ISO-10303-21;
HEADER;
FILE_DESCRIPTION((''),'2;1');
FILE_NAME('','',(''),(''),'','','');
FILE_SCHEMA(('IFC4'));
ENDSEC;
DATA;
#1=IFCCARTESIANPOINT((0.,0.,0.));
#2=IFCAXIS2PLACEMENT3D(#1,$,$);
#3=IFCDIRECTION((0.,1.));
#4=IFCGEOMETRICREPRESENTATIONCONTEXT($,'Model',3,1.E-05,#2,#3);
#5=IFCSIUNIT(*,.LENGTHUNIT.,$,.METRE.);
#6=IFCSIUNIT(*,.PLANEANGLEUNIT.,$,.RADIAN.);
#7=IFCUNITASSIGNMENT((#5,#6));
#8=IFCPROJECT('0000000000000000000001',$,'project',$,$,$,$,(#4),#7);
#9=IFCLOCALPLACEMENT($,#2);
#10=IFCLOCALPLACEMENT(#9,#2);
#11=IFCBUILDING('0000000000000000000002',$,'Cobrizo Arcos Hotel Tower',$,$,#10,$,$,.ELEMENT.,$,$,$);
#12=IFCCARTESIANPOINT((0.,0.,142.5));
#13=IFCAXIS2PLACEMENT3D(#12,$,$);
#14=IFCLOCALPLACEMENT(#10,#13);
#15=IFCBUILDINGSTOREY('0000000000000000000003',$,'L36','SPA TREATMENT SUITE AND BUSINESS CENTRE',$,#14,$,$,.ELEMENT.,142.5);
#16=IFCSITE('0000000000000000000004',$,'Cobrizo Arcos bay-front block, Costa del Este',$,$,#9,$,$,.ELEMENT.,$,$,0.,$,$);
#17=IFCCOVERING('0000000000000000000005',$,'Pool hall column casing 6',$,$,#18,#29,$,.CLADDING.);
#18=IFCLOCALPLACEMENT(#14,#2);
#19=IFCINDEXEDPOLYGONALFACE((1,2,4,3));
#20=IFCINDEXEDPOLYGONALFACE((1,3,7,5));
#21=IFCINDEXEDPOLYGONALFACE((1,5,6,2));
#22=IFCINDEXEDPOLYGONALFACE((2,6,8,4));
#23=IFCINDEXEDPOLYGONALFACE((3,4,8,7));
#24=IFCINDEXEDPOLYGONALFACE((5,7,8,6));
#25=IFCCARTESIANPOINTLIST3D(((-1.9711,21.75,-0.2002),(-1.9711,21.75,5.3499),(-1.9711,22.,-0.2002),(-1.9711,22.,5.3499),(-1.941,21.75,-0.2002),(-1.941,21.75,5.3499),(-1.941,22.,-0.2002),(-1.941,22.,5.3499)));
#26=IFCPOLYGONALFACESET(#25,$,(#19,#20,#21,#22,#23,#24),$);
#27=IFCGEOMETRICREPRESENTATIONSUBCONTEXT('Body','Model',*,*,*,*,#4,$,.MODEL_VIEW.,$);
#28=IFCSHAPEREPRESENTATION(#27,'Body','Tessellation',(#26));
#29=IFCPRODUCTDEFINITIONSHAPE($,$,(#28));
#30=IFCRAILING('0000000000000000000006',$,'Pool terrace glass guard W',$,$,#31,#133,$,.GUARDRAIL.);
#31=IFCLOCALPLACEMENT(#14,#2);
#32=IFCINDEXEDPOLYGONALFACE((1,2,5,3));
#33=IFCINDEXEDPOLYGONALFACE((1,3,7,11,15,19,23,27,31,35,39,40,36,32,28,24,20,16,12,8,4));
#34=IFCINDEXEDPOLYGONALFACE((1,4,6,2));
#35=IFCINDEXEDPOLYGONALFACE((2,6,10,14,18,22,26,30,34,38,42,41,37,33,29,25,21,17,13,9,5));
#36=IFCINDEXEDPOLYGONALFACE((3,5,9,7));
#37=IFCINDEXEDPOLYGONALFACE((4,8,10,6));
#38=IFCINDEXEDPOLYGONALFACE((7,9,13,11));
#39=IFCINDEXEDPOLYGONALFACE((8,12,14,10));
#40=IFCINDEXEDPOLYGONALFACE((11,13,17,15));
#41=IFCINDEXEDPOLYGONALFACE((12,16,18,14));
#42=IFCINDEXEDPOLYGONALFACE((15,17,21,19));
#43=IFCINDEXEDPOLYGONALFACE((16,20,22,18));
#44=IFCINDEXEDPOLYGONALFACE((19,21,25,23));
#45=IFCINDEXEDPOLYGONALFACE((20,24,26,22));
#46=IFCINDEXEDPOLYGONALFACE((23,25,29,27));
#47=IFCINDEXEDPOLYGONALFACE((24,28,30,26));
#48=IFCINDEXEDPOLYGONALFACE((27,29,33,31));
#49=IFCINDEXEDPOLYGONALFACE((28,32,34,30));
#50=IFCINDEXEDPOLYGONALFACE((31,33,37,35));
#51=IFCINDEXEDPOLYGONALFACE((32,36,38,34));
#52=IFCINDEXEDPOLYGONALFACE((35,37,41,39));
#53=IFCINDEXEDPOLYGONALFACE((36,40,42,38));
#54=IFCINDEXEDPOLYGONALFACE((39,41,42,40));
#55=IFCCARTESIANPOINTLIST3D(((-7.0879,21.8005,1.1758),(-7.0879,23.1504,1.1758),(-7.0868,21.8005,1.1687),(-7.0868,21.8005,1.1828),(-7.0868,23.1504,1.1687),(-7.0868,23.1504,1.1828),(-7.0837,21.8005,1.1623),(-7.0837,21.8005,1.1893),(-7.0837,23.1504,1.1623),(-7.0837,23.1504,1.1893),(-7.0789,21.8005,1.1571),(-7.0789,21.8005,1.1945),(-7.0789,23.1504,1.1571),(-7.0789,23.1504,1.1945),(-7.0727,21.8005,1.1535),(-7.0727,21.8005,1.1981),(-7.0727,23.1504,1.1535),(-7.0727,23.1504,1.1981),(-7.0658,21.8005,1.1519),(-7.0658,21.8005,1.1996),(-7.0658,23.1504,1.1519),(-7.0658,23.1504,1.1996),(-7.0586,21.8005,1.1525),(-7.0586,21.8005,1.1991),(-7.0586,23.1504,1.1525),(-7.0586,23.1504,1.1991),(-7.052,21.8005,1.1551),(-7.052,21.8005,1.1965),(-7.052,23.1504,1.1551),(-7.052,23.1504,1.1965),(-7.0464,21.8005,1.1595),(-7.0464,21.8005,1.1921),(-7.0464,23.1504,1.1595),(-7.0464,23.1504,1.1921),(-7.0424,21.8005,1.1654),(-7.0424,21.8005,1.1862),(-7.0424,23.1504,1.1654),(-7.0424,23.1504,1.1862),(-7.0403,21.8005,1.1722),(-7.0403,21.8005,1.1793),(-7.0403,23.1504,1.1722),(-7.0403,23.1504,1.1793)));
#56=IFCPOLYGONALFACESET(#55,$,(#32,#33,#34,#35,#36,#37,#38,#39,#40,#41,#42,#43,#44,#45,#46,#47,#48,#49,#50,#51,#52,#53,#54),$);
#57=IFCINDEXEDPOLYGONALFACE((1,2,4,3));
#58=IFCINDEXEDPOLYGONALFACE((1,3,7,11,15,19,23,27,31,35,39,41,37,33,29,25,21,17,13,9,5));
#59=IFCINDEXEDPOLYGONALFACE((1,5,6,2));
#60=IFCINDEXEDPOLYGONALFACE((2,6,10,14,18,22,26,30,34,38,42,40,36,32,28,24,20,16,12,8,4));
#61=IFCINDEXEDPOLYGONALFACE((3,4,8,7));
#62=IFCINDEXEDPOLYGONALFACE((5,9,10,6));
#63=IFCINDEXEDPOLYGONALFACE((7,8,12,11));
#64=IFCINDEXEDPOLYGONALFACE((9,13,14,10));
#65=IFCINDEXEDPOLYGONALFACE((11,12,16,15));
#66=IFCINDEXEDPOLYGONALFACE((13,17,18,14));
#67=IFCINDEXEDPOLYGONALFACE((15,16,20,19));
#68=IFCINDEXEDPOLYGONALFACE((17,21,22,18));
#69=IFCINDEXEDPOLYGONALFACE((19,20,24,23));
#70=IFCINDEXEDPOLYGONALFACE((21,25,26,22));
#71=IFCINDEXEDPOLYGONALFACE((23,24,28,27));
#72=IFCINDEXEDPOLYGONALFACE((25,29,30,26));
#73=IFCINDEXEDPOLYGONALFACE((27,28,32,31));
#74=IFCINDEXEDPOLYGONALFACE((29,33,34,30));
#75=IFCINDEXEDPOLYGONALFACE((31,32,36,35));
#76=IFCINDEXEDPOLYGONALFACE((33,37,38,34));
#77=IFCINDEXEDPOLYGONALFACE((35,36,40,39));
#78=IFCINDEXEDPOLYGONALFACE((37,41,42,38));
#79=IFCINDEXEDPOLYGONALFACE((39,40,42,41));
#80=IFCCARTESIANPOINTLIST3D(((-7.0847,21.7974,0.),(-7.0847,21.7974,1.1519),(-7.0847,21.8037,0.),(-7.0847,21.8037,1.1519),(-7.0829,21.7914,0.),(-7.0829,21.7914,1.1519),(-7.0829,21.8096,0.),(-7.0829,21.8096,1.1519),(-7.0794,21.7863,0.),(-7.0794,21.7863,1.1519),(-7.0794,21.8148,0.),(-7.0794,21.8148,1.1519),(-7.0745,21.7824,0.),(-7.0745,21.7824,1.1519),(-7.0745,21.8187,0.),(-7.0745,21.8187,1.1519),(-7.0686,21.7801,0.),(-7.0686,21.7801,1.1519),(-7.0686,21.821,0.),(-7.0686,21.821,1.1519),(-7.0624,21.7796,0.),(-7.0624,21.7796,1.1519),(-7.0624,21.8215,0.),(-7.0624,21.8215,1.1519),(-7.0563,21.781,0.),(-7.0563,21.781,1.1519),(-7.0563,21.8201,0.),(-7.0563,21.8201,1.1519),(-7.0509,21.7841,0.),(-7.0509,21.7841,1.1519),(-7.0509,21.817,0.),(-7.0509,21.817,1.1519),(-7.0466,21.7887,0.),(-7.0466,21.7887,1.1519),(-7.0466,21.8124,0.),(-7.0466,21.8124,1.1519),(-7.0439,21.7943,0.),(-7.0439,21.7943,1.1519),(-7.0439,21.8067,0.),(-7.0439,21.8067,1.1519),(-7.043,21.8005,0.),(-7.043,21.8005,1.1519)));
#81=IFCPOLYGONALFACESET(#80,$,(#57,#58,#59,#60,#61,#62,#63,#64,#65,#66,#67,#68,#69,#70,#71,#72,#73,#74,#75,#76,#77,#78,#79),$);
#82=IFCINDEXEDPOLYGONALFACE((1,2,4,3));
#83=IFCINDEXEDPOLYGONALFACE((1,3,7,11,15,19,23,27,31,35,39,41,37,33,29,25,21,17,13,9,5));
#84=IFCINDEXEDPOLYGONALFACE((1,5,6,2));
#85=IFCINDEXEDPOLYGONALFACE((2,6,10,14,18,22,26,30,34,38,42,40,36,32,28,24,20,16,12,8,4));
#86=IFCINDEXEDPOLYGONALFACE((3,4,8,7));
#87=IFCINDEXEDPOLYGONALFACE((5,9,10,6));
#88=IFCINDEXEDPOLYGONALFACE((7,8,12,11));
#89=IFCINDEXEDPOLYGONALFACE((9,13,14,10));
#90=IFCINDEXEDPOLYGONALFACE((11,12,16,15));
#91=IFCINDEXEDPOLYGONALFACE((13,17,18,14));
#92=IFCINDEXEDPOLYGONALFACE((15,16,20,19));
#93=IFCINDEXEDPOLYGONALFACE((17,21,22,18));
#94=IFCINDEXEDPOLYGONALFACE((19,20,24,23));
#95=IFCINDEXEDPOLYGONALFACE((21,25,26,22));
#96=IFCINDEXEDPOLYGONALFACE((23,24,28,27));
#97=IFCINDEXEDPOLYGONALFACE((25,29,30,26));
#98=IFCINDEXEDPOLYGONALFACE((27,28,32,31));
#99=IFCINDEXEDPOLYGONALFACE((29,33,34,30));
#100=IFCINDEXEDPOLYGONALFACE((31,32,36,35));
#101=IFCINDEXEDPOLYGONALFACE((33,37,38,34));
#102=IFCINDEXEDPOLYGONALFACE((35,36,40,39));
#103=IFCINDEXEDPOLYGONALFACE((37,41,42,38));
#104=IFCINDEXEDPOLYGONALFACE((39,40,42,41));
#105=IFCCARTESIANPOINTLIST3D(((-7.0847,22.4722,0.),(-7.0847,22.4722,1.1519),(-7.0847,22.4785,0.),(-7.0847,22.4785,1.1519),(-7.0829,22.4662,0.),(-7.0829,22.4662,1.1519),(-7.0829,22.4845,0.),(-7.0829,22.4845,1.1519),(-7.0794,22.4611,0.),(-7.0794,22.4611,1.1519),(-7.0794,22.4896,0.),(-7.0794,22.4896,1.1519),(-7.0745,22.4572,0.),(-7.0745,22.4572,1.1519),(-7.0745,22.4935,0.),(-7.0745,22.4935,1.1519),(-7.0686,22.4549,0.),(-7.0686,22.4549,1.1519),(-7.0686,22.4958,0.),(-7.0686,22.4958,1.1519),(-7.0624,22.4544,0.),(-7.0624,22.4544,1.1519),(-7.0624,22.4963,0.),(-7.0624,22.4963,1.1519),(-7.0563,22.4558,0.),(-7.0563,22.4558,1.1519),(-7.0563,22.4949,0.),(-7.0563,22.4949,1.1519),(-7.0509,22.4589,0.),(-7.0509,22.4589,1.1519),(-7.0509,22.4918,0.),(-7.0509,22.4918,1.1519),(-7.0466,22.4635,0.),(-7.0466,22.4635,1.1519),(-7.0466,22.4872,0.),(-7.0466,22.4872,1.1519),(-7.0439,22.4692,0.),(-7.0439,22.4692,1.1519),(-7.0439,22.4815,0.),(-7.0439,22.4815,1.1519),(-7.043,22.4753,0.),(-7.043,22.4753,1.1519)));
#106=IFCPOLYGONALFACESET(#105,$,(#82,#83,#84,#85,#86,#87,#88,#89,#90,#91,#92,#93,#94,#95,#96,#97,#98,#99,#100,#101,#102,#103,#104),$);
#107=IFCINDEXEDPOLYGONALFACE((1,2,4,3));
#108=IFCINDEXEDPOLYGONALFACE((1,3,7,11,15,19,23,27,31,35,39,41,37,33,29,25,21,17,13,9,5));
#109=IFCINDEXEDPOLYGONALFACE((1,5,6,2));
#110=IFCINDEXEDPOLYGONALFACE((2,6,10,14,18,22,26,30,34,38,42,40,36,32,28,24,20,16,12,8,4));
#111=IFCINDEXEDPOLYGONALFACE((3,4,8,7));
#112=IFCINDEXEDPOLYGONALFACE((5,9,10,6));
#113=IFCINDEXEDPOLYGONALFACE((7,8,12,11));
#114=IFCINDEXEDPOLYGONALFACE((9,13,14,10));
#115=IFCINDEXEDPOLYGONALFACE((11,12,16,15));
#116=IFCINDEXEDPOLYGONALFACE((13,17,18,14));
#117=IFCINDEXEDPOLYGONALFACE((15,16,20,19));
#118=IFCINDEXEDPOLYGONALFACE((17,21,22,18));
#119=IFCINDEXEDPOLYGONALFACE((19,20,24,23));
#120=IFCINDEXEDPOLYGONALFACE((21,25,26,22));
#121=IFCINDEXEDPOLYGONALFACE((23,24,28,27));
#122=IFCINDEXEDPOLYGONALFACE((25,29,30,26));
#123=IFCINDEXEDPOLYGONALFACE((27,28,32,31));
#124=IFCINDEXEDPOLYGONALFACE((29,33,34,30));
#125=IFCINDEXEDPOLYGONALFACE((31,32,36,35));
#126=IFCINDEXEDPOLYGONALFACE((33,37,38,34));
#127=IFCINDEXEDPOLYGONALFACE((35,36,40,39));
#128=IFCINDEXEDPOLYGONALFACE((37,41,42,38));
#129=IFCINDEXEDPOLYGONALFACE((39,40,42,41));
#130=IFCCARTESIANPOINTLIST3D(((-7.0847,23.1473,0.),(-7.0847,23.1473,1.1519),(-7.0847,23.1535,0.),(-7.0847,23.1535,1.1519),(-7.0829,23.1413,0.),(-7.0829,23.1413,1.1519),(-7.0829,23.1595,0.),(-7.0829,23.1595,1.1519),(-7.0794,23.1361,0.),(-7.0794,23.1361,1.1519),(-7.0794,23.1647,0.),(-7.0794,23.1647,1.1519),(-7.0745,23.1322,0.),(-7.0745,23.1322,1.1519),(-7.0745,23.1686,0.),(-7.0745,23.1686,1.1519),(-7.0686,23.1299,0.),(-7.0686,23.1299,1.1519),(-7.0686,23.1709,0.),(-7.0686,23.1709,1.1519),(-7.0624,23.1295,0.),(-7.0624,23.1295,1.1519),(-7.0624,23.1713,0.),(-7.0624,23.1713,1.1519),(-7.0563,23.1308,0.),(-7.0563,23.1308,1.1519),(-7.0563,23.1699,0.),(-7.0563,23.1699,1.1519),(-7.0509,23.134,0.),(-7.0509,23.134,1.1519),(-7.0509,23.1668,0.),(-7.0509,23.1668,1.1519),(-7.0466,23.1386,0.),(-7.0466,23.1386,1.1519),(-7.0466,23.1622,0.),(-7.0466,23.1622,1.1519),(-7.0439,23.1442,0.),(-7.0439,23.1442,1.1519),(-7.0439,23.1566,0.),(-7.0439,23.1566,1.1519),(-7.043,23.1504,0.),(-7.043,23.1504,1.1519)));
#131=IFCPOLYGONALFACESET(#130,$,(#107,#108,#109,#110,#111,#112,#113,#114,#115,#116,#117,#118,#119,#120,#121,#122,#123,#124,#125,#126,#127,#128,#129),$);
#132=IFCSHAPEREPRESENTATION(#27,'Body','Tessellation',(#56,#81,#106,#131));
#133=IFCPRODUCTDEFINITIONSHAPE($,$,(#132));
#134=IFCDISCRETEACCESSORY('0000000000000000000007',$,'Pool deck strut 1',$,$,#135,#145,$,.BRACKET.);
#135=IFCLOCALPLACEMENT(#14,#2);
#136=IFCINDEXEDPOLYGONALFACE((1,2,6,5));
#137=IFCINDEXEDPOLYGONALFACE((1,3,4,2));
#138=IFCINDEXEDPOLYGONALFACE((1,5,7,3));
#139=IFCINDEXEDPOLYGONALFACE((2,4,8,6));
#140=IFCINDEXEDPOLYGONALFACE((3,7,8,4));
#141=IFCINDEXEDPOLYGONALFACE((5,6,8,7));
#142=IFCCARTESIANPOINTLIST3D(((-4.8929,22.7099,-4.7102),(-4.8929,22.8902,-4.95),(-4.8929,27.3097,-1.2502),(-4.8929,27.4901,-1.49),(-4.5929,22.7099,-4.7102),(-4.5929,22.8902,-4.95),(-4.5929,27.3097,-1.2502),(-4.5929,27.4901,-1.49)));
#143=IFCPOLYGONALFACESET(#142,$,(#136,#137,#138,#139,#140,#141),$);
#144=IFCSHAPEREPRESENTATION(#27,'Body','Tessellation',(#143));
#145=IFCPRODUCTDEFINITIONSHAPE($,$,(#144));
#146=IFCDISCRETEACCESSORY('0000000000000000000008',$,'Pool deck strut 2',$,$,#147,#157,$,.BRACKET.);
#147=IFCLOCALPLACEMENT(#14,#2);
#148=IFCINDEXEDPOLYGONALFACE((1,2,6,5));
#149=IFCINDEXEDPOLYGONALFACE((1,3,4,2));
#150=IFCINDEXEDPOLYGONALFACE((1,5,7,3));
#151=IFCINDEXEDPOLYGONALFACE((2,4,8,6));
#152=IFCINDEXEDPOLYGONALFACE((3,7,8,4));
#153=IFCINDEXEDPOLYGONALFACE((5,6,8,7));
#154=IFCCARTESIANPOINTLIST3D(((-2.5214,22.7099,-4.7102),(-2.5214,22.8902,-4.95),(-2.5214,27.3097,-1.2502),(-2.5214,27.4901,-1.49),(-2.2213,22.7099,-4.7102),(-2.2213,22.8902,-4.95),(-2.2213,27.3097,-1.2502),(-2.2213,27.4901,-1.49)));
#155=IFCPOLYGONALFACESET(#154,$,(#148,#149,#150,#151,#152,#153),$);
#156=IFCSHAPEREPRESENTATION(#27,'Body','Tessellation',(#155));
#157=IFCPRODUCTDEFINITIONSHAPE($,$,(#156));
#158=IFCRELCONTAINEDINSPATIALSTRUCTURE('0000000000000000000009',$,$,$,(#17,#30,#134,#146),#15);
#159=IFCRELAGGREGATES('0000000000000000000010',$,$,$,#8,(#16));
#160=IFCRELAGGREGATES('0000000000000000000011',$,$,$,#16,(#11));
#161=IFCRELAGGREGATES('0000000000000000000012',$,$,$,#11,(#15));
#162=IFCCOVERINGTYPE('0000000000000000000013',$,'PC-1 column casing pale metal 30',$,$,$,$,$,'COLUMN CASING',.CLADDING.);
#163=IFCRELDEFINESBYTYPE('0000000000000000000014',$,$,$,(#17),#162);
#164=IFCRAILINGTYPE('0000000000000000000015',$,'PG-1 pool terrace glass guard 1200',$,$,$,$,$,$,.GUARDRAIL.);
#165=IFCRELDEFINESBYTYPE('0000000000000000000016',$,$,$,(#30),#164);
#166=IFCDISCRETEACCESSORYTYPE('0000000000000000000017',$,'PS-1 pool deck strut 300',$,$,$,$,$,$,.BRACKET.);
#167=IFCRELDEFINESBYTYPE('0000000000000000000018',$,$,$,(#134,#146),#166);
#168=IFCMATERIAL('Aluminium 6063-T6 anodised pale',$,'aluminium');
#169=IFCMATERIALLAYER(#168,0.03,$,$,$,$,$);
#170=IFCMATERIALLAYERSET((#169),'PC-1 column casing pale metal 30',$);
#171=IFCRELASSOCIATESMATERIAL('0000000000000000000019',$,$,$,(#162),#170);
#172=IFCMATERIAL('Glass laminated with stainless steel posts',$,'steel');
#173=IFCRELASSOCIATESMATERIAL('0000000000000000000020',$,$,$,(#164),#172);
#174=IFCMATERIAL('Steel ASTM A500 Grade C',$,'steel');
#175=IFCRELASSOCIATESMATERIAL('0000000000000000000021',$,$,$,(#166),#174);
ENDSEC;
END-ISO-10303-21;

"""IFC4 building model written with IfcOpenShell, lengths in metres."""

from ifc_helpers import new_model, si_unit, direction, frame, origin, origin_2d, place, context, subcontext, project, spatial, rectangle, circle, extrude, material, layer, layer_set, material_profile, profile_set, type_object, element, save


model = new_model("IFC4")

# Units and contexts
model_context = context("Model", 3, precision=1e-05, world=origin(), true_north=direction((0.0, 1.0)))
body_context = subcontext(model_context, "Body", "Model", "MODEL_VIEW")
ifc_project = project(units=[si_unit("LENGTHUNIT", "METRE"), si_unit("PLANEANGLEUNIT", "RADIAN")], contexts=[model_context])

# Site, building, storey
site_placement = place(None, origin())
site = spatial("IfcSite", under=ifc_project, at=site_placement, Name="Cobrizo Arcos bay-front block, Costa del Este", CompositionType="ELEMENT", RefElevation=0.0)
building_placement = place(site_placement, origin())
building = spatial("IfcBuilding", under=site, at=building_placement, Name="Cobrizo Arcos Hotel Tower", CompositionType="ELEMENT")
storey_placement = place(building_placement, frame((0.0, 0.0, 142.5)))
storey = spatial("IfcBuildingStorey", under=building, at=storey_placement, Name="L36", Description="SPA TREATMENT SUITE AND BUSINESS CENTRE", CompositionType="ELEMENT", Elevation=142.5)

# Covering
ifc_material_1 = material(Name="Aluminium 6063-T6 anodised pale", Category="aluminium")
ifc_layer_1 = layer(ifc_material_1, 0.03)
ifc_layer_set_1 = layer_set([ifc_layer_1], Name="PC-1 column casing pale metal 30")
covering_type_1 = type_object("IfcCoveringType", Name="PC-1 column casing pale metal 30", ElementType="COLUMN CASING", PredefinedType="CLADDING", material=ifc_layer_set_1)
for number, where, z_axis, x_axis, name in (
    (1, (-1.9561, 21.875, -0.2002), (0.0, 0.0, 1.0), (1.0, 0.0, 0.0), "Pool hall column casing 6"),
):
    element("IfcCovering", number, at=place(storey_placement, frame(where, z_axis=z_axis, x_axis=x_axis)), inside=storey, type_object=covering_type_1, Name=name, PredefinedType="CLADDING", context=body_context, shape_type="SweptSolid", body=[
        extrude(rectangle(XDim=0.03, YDim=0.25, at=origin_2d()), origin(), (0.0, 0.0, 1.0), 5.55),
    ])

# Railing
ifc_material_2 = material(Name="Glass laminated with stainless steel posts", Category="steel")
railing_type = type_object("IfcRailingType", Name="PG-1 pool terrace glass guard 1200", PredefinedType="GUARDRAIL", material=ifc_material_2)
railing_placement = place(storey_placement, frame((-7.064, 21.8005, 0.0)))
element("IfcRailing", 2, at=railing_placement, inside=storey, type_object=railing_type, Name="Pool terrace glass guard W", PredefinedType="GUARDRAIL", context=body_context, shape_type="SweptSolid", body=[
    extrude(circle(Radius=0.0239, at=origin_2d()), frame((0.0, 0.0, 1.1758), z_axis=(0.0, 1.0, 0.0), x_axis=(-1.0, 0.0, 0.0)), (0.0, 0.0, 1.0), 1.3499),
    extrude(circle(Radius=0.021, at=origin_2d()), origin(), (0.0, 0.0, 1.0), 1.1519),
    extrude(circle(Radius=0.021, at=origin_2d()), frame((0.0, 0.6748, 0.0)), (0.0, 0.0, 1.0), 1.1519),
    extrude(circle(Radius=0.021, at=origin_2d()), frame((0.0, 1.3499, 0.0)), (0.0, 0.0, 1.0), 1.1519),
])

# Discrete accessories
ifc_material_3 = material(Name="Steel ASTM A500 Grade C", Category="steel")
ifc_material_profile_1 = material_profile(ifc_material_3, rectangle(XDim=0.3, YDim=0.3, at=origin_2d()), Name="PS-1 pool deck strut 300")
ifc_profile_set_1 = profile_set([ifc_material_profile_1], Name="Steel ASTM A500 Grade C")
discrete_accessory_type = type_object("IfcDiscreteAccessoryType", Name="PS-1 pool deck strut 300", PredefinedType="BRACKET", material=ifc_profile_set_1)
for number, where, z_axis, x_axis, name in (
    (3, (-4.7429, 22.8, -4.8301), (0.0, 0.799159, 0.601119), (-1.0, 0.0, 0.0), "Pool deck strut 1"),
    (4, (-2.3713, 22.8, -4.8301), (0.0, 0.799159, 0.601119), (-1.0, 0.0, 0.0), "Pool deck strut 2"),
):
    element("IfcDiscreteAccessory", number, at=place(storey_placement, frame(where, z_axis=z_axis, x_axis=x_axis)), inside=storey, type_object=discrete_accessory_type, Name=name, PredefinedType="BRACKET", context=body_context, shape_type="SweptSolid", body=[
        extrude(rectangle(XDim=0.3, YDim=0.3, at=origin_2d()), origin(), (0.0, 0.0, 1.0), 5.7559),
    ])

save(model, "model.ifc")
